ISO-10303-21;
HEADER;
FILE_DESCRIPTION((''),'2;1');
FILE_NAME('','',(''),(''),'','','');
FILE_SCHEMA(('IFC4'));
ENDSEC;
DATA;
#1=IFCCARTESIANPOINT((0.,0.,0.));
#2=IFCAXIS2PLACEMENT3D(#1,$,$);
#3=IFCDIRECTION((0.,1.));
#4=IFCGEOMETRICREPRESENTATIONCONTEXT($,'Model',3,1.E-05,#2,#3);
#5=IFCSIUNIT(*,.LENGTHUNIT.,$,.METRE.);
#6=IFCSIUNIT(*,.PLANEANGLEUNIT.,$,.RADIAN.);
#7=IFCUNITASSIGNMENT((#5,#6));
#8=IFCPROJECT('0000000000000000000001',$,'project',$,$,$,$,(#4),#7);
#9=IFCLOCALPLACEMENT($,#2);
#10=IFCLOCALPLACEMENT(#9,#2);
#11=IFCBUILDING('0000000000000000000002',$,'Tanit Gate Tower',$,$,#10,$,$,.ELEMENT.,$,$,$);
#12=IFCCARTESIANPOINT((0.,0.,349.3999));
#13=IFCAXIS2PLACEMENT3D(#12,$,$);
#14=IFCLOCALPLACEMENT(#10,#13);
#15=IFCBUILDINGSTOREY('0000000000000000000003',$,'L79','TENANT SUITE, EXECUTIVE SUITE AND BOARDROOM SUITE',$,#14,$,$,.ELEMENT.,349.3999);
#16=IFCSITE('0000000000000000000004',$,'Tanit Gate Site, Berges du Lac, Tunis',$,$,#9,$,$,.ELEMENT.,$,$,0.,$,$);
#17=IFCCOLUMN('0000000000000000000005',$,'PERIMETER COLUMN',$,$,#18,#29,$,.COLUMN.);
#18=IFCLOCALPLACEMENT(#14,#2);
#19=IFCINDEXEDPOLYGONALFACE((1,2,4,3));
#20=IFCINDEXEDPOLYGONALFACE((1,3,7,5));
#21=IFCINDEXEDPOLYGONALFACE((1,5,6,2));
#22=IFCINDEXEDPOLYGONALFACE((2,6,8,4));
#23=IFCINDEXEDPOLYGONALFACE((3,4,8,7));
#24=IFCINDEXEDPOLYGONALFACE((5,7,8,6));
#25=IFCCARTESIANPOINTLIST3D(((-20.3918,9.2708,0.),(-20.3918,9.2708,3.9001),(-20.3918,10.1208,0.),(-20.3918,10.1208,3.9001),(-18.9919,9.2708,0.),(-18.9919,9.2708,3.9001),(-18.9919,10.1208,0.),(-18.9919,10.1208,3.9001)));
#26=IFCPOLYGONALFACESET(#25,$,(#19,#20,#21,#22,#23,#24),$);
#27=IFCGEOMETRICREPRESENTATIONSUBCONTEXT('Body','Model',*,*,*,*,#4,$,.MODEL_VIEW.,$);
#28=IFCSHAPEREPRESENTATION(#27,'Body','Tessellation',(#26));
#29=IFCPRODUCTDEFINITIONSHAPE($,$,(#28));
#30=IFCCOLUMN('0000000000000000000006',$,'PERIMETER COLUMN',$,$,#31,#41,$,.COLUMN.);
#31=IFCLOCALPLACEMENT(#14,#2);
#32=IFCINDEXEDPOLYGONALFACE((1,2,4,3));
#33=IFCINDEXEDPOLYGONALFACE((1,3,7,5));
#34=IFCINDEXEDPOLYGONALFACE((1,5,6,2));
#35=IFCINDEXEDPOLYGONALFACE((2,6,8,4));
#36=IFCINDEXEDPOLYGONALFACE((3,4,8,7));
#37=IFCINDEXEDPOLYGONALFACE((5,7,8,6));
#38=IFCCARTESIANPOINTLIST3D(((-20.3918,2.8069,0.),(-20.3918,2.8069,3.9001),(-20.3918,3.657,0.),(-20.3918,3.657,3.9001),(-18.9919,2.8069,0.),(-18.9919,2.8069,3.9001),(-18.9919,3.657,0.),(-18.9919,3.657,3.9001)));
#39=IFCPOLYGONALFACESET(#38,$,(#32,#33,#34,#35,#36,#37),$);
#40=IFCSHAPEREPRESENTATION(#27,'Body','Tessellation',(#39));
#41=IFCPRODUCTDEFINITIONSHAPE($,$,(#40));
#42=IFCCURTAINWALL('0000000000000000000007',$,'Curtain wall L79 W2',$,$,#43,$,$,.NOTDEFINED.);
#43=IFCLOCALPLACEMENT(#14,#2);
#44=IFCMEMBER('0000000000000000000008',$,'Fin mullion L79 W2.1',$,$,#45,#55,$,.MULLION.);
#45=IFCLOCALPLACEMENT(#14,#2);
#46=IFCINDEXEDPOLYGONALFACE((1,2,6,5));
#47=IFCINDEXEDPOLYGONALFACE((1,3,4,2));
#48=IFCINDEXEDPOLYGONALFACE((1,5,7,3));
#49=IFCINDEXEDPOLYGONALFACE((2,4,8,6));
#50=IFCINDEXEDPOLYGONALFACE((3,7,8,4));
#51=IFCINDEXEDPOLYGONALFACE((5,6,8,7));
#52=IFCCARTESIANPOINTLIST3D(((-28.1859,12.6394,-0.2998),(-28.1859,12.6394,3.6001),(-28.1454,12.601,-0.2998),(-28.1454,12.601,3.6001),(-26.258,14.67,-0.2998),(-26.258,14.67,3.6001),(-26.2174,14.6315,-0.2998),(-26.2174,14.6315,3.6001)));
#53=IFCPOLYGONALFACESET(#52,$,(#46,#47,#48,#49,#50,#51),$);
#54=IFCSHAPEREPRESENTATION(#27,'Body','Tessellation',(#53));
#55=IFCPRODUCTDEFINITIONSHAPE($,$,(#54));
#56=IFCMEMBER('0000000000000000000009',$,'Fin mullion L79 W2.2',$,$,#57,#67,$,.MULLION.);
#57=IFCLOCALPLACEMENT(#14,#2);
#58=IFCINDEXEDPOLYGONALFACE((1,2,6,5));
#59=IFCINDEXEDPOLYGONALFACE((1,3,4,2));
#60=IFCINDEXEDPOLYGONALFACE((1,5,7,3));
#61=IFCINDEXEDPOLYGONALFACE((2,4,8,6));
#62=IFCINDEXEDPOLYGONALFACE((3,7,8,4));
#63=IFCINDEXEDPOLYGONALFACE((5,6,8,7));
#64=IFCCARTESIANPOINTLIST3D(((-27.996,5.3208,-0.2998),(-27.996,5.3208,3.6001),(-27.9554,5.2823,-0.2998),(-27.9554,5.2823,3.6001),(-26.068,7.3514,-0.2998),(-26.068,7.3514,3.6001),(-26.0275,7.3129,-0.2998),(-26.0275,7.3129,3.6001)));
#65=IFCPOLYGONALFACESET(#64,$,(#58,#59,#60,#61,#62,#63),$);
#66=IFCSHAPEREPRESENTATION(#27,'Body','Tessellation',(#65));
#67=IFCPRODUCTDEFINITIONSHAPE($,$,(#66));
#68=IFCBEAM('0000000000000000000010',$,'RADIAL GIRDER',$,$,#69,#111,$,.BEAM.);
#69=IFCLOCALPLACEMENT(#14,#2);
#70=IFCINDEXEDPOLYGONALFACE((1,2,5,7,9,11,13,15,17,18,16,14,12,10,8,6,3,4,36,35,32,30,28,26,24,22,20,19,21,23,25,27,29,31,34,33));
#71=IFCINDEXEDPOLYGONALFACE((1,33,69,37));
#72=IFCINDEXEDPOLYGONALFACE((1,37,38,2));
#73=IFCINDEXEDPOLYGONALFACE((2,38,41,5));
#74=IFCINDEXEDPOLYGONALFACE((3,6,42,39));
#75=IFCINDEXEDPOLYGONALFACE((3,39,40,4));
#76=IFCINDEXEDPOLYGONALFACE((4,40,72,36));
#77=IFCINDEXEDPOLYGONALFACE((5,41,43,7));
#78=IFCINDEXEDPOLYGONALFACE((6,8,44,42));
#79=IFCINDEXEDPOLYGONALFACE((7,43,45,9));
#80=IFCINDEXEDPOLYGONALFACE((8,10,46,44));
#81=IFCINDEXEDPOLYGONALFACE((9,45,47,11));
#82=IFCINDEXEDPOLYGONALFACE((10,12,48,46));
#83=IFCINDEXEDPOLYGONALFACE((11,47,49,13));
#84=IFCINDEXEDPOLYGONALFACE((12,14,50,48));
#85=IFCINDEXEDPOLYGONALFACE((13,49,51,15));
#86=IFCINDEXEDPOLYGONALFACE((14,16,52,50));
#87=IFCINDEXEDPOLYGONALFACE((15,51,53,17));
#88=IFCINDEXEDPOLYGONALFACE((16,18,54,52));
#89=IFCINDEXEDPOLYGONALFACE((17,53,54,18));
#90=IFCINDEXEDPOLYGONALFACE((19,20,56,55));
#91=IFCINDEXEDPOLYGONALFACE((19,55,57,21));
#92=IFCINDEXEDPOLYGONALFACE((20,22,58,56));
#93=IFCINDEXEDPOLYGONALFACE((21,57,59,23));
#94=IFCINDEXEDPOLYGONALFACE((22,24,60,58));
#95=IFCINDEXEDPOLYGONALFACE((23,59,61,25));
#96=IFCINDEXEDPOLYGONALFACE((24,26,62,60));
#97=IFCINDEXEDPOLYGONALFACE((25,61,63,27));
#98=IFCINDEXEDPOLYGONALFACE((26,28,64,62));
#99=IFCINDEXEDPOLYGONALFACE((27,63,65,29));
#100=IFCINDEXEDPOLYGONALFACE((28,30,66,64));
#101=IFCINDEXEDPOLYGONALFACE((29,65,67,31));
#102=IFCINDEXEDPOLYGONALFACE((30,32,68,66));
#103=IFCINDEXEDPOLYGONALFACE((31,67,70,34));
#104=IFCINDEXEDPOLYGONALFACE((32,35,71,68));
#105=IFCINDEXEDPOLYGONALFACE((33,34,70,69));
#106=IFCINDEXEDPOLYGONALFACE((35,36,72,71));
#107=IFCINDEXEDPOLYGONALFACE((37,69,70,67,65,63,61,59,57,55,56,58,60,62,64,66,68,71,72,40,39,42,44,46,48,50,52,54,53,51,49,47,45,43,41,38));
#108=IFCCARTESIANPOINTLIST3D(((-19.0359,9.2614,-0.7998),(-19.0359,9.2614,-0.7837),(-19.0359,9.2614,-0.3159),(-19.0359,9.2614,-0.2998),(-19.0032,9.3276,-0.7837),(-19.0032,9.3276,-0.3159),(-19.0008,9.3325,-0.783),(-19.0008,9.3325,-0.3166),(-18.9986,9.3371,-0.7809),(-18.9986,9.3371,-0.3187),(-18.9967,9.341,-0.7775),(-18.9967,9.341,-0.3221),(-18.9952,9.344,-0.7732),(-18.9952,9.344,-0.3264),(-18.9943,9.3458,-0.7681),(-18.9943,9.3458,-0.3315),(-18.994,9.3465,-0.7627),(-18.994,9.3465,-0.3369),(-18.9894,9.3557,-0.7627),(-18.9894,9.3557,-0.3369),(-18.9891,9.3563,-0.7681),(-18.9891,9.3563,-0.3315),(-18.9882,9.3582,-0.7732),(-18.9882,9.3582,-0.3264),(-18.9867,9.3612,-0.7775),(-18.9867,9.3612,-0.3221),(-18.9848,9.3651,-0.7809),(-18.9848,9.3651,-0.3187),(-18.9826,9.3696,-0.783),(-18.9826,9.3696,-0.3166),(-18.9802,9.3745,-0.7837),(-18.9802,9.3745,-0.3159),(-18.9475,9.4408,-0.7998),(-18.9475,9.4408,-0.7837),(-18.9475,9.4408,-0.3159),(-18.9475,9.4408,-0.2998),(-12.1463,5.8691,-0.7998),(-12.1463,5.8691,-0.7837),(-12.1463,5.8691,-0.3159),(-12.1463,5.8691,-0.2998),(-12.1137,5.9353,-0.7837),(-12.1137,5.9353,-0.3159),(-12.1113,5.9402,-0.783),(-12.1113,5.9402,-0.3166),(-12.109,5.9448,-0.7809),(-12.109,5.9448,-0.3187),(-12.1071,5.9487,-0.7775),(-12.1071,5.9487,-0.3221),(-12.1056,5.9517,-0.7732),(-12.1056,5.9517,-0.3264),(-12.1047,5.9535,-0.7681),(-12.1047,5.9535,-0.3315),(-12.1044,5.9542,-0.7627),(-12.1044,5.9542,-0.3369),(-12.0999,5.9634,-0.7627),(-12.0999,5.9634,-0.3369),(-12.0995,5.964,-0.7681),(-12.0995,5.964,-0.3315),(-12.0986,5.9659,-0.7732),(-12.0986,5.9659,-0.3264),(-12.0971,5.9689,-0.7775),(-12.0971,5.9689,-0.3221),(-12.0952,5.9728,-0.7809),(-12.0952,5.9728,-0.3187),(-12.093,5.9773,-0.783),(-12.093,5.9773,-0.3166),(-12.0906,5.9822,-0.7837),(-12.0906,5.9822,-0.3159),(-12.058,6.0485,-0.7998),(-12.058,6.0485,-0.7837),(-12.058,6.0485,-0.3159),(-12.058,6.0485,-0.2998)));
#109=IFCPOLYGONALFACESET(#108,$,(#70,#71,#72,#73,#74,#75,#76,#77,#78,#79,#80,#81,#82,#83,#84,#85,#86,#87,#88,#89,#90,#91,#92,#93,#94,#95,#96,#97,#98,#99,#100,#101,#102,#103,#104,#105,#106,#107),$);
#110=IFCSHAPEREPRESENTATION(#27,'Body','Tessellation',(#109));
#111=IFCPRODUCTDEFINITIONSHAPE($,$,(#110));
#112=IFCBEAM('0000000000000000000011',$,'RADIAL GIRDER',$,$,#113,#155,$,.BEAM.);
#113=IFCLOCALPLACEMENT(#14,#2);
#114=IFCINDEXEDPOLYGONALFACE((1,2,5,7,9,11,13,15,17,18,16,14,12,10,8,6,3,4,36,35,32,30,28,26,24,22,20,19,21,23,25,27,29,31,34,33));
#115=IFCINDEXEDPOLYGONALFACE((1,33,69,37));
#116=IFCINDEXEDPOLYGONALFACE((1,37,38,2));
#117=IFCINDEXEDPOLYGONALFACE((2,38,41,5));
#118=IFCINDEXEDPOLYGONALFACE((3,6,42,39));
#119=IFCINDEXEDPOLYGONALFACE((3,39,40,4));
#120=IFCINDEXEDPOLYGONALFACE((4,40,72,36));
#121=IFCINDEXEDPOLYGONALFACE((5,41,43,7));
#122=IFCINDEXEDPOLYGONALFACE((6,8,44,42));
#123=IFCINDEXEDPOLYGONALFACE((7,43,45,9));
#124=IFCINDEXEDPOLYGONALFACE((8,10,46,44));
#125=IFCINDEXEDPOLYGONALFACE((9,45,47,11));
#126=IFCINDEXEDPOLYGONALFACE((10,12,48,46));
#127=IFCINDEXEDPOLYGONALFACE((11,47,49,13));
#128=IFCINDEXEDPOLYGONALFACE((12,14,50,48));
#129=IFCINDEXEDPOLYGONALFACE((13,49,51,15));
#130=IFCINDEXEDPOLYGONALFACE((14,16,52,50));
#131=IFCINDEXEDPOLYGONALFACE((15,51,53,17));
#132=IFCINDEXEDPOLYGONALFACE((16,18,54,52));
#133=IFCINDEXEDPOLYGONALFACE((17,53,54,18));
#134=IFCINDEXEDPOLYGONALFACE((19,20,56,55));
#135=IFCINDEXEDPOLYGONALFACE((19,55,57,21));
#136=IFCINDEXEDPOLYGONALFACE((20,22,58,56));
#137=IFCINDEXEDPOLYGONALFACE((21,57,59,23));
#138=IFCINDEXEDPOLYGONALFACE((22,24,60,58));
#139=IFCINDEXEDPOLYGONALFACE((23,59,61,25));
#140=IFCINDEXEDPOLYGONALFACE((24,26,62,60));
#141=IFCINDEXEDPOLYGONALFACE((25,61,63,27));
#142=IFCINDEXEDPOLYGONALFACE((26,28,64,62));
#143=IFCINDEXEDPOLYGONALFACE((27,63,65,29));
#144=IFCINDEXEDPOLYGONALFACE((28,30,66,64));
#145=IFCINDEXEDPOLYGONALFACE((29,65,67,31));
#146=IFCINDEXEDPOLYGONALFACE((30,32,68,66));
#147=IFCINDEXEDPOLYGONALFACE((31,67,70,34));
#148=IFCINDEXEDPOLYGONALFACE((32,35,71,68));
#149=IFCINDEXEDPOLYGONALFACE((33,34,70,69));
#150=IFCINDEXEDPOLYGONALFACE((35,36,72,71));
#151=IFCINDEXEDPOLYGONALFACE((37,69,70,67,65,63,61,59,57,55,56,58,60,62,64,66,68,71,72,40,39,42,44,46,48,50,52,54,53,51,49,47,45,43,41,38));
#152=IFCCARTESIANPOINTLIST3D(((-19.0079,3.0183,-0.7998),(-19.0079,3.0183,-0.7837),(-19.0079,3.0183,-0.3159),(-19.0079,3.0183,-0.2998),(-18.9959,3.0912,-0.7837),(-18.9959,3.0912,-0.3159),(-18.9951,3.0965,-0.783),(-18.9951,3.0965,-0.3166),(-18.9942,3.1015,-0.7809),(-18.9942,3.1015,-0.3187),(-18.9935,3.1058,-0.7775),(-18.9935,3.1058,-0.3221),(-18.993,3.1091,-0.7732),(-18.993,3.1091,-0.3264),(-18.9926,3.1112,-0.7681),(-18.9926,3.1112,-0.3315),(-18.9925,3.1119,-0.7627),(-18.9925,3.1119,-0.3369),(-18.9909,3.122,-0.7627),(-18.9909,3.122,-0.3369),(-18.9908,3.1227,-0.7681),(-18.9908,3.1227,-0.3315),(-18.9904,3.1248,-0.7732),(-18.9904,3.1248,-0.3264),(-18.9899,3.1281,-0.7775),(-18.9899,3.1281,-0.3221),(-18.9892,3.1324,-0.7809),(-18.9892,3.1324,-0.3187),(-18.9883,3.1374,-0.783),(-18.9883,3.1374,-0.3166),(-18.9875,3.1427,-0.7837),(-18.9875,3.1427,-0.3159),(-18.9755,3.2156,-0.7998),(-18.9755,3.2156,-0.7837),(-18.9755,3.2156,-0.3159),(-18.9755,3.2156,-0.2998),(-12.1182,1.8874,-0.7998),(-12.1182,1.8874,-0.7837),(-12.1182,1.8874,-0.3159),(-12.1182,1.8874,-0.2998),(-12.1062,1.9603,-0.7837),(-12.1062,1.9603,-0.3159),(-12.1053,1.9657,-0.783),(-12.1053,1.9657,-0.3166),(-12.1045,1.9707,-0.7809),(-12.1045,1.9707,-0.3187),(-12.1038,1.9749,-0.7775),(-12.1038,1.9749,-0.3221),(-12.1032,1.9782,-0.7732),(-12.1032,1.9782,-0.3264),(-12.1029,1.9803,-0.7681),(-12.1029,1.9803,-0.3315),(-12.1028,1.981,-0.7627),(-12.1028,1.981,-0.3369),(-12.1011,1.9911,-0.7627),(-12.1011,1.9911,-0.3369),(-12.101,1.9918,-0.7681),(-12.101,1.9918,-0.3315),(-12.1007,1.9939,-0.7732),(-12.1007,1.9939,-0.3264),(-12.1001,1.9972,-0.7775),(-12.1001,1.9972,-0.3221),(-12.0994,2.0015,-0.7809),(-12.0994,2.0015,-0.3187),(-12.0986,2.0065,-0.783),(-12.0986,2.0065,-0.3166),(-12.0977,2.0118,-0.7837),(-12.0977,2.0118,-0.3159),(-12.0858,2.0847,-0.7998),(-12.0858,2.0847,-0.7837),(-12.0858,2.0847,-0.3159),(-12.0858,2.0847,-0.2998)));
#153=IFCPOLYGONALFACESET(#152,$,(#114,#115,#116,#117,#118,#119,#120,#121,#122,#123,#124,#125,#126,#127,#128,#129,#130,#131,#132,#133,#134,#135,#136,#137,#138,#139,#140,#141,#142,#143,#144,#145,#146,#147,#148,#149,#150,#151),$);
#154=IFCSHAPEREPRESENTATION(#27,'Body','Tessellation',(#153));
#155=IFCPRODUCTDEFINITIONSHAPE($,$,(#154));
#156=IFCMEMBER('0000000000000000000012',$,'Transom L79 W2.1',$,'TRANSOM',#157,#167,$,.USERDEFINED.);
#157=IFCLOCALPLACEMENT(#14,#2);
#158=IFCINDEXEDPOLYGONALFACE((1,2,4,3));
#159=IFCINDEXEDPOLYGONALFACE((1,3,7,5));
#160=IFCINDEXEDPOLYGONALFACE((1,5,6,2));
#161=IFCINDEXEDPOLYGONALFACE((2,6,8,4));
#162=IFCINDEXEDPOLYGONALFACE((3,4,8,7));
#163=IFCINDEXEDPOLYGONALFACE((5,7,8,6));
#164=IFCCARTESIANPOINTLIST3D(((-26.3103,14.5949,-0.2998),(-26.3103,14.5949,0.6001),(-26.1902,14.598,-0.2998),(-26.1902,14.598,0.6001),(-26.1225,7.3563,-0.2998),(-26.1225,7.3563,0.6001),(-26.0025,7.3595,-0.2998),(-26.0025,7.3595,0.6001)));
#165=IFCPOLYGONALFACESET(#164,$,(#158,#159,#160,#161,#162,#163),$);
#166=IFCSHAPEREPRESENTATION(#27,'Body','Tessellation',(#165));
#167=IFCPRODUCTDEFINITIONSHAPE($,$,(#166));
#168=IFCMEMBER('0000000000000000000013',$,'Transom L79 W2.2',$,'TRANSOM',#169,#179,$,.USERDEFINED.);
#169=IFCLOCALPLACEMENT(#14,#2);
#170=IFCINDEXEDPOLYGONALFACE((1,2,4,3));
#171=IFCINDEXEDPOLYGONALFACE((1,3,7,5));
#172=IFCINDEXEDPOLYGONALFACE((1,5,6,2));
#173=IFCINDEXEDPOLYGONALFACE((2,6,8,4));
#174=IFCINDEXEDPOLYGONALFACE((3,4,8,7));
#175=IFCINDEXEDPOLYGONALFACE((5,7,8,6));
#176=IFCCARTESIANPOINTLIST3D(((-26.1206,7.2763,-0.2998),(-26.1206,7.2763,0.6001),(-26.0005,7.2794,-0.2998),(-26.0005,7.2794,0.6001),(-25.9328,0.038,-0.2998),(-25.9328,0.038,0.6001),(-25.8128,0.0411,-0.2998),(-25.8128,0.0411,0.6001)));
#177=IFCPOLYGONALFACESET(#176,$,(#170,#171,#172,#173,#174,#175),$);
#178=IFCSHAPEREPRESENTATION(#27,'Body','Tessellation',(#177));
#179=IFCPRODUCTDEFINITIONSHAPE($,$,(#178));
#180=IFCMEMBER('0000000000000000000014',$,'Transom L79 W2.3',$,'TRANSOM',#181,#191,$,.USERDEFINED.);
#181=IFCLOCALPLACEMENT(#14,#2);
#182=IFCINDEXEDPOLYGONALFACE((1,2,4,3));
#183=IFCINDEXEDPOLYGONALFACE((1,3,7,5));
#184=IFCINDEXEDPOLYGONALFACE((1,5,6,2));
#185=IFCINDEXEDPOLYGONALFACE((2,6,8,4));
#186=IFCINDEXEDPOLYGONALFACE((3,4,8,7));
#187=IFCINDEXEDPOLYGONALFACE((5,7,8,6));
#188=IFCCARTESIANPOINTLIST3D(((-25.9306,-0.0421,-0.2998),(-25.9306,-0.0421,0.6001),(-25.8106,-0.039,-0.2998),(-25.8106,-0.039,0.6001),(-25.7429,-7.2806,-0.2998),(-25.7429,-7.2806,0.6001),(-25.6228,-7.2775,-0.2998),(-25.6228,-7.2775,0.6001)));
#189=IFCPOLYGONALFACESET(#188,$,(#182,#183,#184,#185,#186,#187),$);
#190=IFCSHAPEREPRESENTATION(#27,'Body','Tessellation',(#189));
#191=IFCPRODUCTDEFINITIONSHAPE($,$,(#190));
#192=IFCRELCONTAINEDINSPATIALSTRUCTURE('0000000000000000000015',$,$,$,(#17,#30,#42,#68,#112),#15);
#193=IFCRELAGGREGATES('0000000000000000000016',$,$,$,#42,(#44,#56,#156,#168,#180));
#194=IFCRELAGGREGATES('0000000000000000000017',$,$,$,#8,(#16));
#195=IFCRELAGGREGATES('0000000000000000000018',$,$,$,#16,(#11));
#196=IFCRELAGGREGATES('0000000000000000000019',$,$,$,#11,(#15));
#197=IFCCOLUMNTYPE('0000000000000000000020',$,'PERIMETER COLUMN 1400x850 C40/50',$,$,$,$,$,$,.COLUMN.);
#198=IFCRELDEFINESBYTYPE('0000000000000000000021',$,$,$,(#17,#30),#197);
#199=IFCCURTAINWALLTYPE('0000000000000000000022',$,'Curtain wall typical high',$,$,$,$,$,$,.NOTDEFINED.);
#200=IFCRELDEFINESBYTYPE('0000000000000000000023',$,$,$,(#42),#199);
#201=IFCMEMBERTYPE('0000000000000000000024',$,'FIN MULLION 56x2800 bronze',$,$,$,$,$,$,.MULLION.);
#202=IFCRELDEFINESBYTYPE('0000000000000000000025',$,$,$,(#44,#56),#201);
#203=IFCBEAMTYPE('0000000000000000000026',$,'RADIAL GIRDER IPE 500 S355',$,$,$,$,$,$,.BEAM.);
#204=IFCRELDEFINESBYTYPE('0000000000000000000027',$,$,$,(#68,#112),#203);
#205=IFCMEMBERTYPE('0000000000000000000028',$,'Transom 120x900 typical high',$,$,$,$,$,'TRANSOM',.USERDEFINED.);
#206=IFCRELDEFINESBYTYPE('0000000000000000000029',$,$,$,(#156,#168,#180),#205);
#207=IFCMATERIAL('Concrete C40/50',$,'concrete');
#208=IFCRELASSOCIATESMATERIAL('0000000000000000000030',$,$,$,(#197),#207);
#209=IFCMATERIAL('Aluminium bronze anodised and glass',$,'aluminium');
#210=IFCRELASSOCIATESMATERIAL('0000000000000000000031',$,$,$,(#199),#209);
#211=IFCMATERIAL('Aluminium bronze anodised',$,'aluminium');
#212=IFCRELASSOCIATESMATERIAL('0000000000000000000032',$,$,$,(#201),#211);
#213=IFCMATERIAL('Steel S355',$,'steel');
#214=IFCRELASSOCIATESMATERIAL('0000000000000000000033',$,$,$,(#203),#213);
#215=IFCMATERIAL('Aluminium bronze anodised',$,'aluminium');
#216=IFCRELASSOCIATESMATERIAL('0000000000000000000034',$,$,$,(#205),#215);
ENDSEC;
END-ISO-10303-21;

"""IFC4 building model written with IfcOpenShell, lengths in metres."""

from ifc_helpers import new_model, si_unit, direction, frame, origin, origin_2d, place, context, subcontext, project, spatial, rectangle, i_section, extrude, material, material_profile, profile_set, type_object, element, aggregate, save


model = new_model("IFC4")

# Units and contexts
model_context = context("Model", 3, precision=1e-05, world=origin(), true_north=direction((0.0, 1.0)))
body_context = subcontext(model_context, "Body", "Model", "MODEL_VIEW")
ifc_project = project(units=[si_unit("LENGTHUNIT", "METRE"), si_unit("PLANEANGLEUNIT", "RADIAN")], contexts=[model_context])

# Site, building, storey
site_placement = place(None, origin())
site = spatial("IfcSite", under=ifc_project, at=site_placement, Name="Tanit Gate Site, Berges du Lac, Tunis", CompositionType="ELEMENT", RefElevation=0.0)
building_placement = place(site_placement, origin())
building = spatial("IfcBuilding", under=site, at=building_placement, Name="Tanit Gate Tower", CompositionType="ELEMENT")
storey_placement = place(building_placement, frame((0.0, 0.0, 349.3999)))
storey = spatial("IfcBuildingStorey", under=building, at=storey_placement, Name="L79", Description="TENANT SUITE, EXECUTIVE SUITE AND BOARDROOM SUITE", CompositionType="ELEMENT", Elevation=349.3999)

# Columns
ifc_material_1 = material(Name="Concrete C40/50", Category="concrete")
ifc_material_profile_1 = material_profile(ifc_material_1, rectangle(XDim=1.3999, YDim=0.8501, at=origin_2d()), Name="RC 1400x850")
ifc_profile_set_1 = profile_set([ifc_material_profile_1], Name="Concrete C40/50")
column_type = type_object("IfcColumnType", Name="PERIMETER COLUMN 1400x850 C40/50", PredefinedType="COLUMN", material=ifc_profile_set_1)
for number, where, z_axis, x_axis, name in (
    (1, (-19.6919, 9.6958, 0.0), (0.0, 0.0, 1.0), (-1.0, 0.0, 0.0), "PERIMETER COLUMN"),
    (2, (-19.6919, 3.2319, 0.0), (0.0, 0.0, 1.0), (-1.0, 0.0, 0.0), "PERIMETER COLUMN"),
):
    element("IfcColumn", number, at=place(storey_placement, frame(where, z_axis=z_axis, x_axis=x_axis)), inside=storey, type_object=column_type, Name=name, PredefinedType="COLUMN", context=body_context, shape_type="SweptSolid", body=[
        extrude(rectangle(XDim=1.3999, YDim=0.8501, at=origin_2d()), origin(), (0.0, 0.0, 1.0), 3.9001),
    ])

# Curtain wall, members
ifc_material_2 = material(Name="Aluminium bronze anodised and glass", Category="aluminium")
curtain_wall_type = type_object("IfcCurtainWallType", Name="Curtain wall typical high", PredefinedType="NOTDEFINED", material=ifc_material_2)
curtain_wall_placement = place(storey_placement, origin())
curtain_wall = element("IfcCurtainWall", 3, at=curtain_wall_placement, inside=storey, type_object=curtain_wall_type, Name="Curtain wall L79 W2", PredefinedType="NOTDEFINED")
ifc_material_3 = material(Name="Aluminium bronze anodised", Category="aluminium")
ifc_material_profile_2 = material_profile(ifc_material_3, rectangle(XDim=2.8, YDim=0.0559, at=origin_2d()), Name="56x2800 bronze fin mullion")
ifc_profile_set_2 = profile_set([ifc_material_profile_2], Name="Aluminium bronze anodised")
member_type_1 = type_object("IfcMemberType", Name="FIN MULLION 56x2800 bronze", PredefinedType="MULLION", material=ifc_profile_set_2)
member_1_placement = place(storey_placement, frame((-27.2017, 13.6355, -0.2998), z_axis=(0.0, 0.0, 1.0), x_axis=(0.688538, 0.7252, 0.0)))
member_1 = element("IfcMember", 4, at=member_1_placement, type_object=member_type_1, Name="Fin mullion L79 W2.1", PredefinedType="MULLION", context=body_context, shape_type="SweptSolid", body=[
    extrude(rectangle(XDim=2.8, YDim=0.0559, at=origin_2d()), origin(), (0.0, 0.0, 1.0), 3.8999),
])
member_2_placement = place(storey_placement, frame((-27.0117, 6.3169, -0.2998), z_axis=(0.0, 0.0, 1.0), x_axis=(0.688538, 0.7252, 0.0)))
member_2 = element("IfcMember", 5, at=member_2_placement, type_object=member_type_1, Name="Fin mullion L79 W2.2", PredefinedType="MULLION", context=body_context, shape_type="SweptSolid", body=[
    extrude(rectangle(XDim=2.8, YDim=0.0559, at=origin_2d()), origin(), (0.0, 0.0, 1.0), 3.8999),
])

# Beams
ifc_material_4 = material(Name="Steel S355", Category="steel")
ifc_material_profile_3 = material_profile(ifc_material_4, i_section(OverallWidth=0.2, OverallDepth=0.5, WebThickness=0.0103, FlangeThickness=0.0161, FilletRadius=0.021, at=origin_2d()), Name="IPE 500")
ifc_profile_set_3 = profile_set([ifc_material_profile_3], Name="Steel S355")
beam_type = type_object("IfcBeamType", Name="RADIAL GIRDER IPE 500 S355", PredefinedType="BEAM", material=ifc_profile_set_3)
beam_1_placement = place(storey_placement, frame((-18.9917, 9.3511, -0.5498), z_axis=(0.897145, -0.441737, 0.0), x_axis=(0.441737, 0.897145, 0.0)))
element("IfcBeam", 6, at=beam_1_placement, inside=storey, type_object=beam_type, Name="RADIAL GIRDER", PredefinedType="BEAM", context=body_context, shape_type="SweptSolid", body=[
    extrude(i_section(OverallWidth=0.2, OverallDepth=0.5, WebThickness=0.0103, FlangeThickness=0.0161, FilletRadius=0.021, at=origin_2d()), origin(), (0.0, 0.0, 1.0), 7.6794),
])
beam_2_placement = place(storey_placement, frame((-18.9917, 3.1169, -0.5498), z_axis=(0.986795, -0.161972, 0.0), x_axis=(0.161972, 0.986795, 0.0)))
element("IfcBeam", 7, at=beam_2_placement, inside=storey, type_object=beam_type, Name="RADIAL GIRDER", PredefinedType="BEAM", context=body_context, shape_type="SweptSolid", body=[
    extrude(i_section(OverallWidth=0.2, OverallDepth=0.5, WebThickness=0.0103, FlangeThickness=0.0161, FilletRadius=0.021, at=origin_2d()), origin(), (0.0, 0.0, 1.0), 6.9819),
])

# Members
ifc_material_5 = material(Name="Aluminium bronze anodised", Category="aluminium")
ifc_material_profile_4 = material_profile(ifc_material_5, rectangle(XDim=0.1201, YDim=0.8999, at=origin_2d()), Name="120x900 bronze transom")
ifc_profile_set_4 = profile_set([ifc_material_profile_4], Name="Aluminium bronze anodised")
member_type_2 = type_object("IfcMemberType", Name="Transom 120x900 typical high", ElementType="TRANSOM", PredefinedType="USERDEFINED", material=ifc_profile_set_4)
member_3_placement = place(storey_placement, frame((-26.2502, 14.5964, 0.1501), z_axis=(0.025928, -0.999664, 0.0), x_axis=(0.999664, 0.025928, 0.0)))
member_3 = element("IfcMember", 8, at=member_3_placement, type_object=member_type_2, Name="Transom L79 W2.1", ObjectType="TRANSOM", PredefinedType="USERDEFINED", context=body_context, shape_type="SweptSolid", body=[
    extrude(rectangle(XDim=0.1201, YDim=0.8999, at=origin_2d()), origin(), (0.0, 0.0, 1.0), 7.241),
])
member_4_placement = place(storey_placement, frame((-26.0605, 7.2778, 0.1501), z_axis=(0.025929, -0.999664, 0.0), x_axis=(0.999664, 0.025929, 0.0)))
member_4 = element("IfcMember", 9, at=member_4_placement, type_object=member_type_2, Name="Transom L79 W2.2", ObjectType="TRANSOM", PredefinedType="USERDEFINED", context=body_context, shape_type="SweptSolid", body=[
    extrude(rectangle(XDim=0.1201, YDim=0.8999, at=origin_2d()), origin(), (0.0, 0.0, 1.0), 7.2407),
])
member_5_placement = place(storey_placement, frame((-25.8706, -0.0405, 0.1501), z_axis=(0.025928, -0.999664, 0.0), x_axis=(0.999664, 0.025928, 0.0)))
member_5 = element("IfcMember", 10, at=member_5_placement, type_object=member_type_2, Name="Transom L79 W2.3", ObjectType="TRANSOM", PredefinedType="USERDEFINED", context=body_context, shape_type="SweptSolid", body=[
    extrude(rectangle(XDim=0.1201, YDim=0.8999, at=origin_2d()), origin(), (0.0, 0.0, 1.0), 7.241),
])

aggregate(curtain_wall, [member_1, member_2, member_3, member_4, member_5])

save(model, "model.ifc")
